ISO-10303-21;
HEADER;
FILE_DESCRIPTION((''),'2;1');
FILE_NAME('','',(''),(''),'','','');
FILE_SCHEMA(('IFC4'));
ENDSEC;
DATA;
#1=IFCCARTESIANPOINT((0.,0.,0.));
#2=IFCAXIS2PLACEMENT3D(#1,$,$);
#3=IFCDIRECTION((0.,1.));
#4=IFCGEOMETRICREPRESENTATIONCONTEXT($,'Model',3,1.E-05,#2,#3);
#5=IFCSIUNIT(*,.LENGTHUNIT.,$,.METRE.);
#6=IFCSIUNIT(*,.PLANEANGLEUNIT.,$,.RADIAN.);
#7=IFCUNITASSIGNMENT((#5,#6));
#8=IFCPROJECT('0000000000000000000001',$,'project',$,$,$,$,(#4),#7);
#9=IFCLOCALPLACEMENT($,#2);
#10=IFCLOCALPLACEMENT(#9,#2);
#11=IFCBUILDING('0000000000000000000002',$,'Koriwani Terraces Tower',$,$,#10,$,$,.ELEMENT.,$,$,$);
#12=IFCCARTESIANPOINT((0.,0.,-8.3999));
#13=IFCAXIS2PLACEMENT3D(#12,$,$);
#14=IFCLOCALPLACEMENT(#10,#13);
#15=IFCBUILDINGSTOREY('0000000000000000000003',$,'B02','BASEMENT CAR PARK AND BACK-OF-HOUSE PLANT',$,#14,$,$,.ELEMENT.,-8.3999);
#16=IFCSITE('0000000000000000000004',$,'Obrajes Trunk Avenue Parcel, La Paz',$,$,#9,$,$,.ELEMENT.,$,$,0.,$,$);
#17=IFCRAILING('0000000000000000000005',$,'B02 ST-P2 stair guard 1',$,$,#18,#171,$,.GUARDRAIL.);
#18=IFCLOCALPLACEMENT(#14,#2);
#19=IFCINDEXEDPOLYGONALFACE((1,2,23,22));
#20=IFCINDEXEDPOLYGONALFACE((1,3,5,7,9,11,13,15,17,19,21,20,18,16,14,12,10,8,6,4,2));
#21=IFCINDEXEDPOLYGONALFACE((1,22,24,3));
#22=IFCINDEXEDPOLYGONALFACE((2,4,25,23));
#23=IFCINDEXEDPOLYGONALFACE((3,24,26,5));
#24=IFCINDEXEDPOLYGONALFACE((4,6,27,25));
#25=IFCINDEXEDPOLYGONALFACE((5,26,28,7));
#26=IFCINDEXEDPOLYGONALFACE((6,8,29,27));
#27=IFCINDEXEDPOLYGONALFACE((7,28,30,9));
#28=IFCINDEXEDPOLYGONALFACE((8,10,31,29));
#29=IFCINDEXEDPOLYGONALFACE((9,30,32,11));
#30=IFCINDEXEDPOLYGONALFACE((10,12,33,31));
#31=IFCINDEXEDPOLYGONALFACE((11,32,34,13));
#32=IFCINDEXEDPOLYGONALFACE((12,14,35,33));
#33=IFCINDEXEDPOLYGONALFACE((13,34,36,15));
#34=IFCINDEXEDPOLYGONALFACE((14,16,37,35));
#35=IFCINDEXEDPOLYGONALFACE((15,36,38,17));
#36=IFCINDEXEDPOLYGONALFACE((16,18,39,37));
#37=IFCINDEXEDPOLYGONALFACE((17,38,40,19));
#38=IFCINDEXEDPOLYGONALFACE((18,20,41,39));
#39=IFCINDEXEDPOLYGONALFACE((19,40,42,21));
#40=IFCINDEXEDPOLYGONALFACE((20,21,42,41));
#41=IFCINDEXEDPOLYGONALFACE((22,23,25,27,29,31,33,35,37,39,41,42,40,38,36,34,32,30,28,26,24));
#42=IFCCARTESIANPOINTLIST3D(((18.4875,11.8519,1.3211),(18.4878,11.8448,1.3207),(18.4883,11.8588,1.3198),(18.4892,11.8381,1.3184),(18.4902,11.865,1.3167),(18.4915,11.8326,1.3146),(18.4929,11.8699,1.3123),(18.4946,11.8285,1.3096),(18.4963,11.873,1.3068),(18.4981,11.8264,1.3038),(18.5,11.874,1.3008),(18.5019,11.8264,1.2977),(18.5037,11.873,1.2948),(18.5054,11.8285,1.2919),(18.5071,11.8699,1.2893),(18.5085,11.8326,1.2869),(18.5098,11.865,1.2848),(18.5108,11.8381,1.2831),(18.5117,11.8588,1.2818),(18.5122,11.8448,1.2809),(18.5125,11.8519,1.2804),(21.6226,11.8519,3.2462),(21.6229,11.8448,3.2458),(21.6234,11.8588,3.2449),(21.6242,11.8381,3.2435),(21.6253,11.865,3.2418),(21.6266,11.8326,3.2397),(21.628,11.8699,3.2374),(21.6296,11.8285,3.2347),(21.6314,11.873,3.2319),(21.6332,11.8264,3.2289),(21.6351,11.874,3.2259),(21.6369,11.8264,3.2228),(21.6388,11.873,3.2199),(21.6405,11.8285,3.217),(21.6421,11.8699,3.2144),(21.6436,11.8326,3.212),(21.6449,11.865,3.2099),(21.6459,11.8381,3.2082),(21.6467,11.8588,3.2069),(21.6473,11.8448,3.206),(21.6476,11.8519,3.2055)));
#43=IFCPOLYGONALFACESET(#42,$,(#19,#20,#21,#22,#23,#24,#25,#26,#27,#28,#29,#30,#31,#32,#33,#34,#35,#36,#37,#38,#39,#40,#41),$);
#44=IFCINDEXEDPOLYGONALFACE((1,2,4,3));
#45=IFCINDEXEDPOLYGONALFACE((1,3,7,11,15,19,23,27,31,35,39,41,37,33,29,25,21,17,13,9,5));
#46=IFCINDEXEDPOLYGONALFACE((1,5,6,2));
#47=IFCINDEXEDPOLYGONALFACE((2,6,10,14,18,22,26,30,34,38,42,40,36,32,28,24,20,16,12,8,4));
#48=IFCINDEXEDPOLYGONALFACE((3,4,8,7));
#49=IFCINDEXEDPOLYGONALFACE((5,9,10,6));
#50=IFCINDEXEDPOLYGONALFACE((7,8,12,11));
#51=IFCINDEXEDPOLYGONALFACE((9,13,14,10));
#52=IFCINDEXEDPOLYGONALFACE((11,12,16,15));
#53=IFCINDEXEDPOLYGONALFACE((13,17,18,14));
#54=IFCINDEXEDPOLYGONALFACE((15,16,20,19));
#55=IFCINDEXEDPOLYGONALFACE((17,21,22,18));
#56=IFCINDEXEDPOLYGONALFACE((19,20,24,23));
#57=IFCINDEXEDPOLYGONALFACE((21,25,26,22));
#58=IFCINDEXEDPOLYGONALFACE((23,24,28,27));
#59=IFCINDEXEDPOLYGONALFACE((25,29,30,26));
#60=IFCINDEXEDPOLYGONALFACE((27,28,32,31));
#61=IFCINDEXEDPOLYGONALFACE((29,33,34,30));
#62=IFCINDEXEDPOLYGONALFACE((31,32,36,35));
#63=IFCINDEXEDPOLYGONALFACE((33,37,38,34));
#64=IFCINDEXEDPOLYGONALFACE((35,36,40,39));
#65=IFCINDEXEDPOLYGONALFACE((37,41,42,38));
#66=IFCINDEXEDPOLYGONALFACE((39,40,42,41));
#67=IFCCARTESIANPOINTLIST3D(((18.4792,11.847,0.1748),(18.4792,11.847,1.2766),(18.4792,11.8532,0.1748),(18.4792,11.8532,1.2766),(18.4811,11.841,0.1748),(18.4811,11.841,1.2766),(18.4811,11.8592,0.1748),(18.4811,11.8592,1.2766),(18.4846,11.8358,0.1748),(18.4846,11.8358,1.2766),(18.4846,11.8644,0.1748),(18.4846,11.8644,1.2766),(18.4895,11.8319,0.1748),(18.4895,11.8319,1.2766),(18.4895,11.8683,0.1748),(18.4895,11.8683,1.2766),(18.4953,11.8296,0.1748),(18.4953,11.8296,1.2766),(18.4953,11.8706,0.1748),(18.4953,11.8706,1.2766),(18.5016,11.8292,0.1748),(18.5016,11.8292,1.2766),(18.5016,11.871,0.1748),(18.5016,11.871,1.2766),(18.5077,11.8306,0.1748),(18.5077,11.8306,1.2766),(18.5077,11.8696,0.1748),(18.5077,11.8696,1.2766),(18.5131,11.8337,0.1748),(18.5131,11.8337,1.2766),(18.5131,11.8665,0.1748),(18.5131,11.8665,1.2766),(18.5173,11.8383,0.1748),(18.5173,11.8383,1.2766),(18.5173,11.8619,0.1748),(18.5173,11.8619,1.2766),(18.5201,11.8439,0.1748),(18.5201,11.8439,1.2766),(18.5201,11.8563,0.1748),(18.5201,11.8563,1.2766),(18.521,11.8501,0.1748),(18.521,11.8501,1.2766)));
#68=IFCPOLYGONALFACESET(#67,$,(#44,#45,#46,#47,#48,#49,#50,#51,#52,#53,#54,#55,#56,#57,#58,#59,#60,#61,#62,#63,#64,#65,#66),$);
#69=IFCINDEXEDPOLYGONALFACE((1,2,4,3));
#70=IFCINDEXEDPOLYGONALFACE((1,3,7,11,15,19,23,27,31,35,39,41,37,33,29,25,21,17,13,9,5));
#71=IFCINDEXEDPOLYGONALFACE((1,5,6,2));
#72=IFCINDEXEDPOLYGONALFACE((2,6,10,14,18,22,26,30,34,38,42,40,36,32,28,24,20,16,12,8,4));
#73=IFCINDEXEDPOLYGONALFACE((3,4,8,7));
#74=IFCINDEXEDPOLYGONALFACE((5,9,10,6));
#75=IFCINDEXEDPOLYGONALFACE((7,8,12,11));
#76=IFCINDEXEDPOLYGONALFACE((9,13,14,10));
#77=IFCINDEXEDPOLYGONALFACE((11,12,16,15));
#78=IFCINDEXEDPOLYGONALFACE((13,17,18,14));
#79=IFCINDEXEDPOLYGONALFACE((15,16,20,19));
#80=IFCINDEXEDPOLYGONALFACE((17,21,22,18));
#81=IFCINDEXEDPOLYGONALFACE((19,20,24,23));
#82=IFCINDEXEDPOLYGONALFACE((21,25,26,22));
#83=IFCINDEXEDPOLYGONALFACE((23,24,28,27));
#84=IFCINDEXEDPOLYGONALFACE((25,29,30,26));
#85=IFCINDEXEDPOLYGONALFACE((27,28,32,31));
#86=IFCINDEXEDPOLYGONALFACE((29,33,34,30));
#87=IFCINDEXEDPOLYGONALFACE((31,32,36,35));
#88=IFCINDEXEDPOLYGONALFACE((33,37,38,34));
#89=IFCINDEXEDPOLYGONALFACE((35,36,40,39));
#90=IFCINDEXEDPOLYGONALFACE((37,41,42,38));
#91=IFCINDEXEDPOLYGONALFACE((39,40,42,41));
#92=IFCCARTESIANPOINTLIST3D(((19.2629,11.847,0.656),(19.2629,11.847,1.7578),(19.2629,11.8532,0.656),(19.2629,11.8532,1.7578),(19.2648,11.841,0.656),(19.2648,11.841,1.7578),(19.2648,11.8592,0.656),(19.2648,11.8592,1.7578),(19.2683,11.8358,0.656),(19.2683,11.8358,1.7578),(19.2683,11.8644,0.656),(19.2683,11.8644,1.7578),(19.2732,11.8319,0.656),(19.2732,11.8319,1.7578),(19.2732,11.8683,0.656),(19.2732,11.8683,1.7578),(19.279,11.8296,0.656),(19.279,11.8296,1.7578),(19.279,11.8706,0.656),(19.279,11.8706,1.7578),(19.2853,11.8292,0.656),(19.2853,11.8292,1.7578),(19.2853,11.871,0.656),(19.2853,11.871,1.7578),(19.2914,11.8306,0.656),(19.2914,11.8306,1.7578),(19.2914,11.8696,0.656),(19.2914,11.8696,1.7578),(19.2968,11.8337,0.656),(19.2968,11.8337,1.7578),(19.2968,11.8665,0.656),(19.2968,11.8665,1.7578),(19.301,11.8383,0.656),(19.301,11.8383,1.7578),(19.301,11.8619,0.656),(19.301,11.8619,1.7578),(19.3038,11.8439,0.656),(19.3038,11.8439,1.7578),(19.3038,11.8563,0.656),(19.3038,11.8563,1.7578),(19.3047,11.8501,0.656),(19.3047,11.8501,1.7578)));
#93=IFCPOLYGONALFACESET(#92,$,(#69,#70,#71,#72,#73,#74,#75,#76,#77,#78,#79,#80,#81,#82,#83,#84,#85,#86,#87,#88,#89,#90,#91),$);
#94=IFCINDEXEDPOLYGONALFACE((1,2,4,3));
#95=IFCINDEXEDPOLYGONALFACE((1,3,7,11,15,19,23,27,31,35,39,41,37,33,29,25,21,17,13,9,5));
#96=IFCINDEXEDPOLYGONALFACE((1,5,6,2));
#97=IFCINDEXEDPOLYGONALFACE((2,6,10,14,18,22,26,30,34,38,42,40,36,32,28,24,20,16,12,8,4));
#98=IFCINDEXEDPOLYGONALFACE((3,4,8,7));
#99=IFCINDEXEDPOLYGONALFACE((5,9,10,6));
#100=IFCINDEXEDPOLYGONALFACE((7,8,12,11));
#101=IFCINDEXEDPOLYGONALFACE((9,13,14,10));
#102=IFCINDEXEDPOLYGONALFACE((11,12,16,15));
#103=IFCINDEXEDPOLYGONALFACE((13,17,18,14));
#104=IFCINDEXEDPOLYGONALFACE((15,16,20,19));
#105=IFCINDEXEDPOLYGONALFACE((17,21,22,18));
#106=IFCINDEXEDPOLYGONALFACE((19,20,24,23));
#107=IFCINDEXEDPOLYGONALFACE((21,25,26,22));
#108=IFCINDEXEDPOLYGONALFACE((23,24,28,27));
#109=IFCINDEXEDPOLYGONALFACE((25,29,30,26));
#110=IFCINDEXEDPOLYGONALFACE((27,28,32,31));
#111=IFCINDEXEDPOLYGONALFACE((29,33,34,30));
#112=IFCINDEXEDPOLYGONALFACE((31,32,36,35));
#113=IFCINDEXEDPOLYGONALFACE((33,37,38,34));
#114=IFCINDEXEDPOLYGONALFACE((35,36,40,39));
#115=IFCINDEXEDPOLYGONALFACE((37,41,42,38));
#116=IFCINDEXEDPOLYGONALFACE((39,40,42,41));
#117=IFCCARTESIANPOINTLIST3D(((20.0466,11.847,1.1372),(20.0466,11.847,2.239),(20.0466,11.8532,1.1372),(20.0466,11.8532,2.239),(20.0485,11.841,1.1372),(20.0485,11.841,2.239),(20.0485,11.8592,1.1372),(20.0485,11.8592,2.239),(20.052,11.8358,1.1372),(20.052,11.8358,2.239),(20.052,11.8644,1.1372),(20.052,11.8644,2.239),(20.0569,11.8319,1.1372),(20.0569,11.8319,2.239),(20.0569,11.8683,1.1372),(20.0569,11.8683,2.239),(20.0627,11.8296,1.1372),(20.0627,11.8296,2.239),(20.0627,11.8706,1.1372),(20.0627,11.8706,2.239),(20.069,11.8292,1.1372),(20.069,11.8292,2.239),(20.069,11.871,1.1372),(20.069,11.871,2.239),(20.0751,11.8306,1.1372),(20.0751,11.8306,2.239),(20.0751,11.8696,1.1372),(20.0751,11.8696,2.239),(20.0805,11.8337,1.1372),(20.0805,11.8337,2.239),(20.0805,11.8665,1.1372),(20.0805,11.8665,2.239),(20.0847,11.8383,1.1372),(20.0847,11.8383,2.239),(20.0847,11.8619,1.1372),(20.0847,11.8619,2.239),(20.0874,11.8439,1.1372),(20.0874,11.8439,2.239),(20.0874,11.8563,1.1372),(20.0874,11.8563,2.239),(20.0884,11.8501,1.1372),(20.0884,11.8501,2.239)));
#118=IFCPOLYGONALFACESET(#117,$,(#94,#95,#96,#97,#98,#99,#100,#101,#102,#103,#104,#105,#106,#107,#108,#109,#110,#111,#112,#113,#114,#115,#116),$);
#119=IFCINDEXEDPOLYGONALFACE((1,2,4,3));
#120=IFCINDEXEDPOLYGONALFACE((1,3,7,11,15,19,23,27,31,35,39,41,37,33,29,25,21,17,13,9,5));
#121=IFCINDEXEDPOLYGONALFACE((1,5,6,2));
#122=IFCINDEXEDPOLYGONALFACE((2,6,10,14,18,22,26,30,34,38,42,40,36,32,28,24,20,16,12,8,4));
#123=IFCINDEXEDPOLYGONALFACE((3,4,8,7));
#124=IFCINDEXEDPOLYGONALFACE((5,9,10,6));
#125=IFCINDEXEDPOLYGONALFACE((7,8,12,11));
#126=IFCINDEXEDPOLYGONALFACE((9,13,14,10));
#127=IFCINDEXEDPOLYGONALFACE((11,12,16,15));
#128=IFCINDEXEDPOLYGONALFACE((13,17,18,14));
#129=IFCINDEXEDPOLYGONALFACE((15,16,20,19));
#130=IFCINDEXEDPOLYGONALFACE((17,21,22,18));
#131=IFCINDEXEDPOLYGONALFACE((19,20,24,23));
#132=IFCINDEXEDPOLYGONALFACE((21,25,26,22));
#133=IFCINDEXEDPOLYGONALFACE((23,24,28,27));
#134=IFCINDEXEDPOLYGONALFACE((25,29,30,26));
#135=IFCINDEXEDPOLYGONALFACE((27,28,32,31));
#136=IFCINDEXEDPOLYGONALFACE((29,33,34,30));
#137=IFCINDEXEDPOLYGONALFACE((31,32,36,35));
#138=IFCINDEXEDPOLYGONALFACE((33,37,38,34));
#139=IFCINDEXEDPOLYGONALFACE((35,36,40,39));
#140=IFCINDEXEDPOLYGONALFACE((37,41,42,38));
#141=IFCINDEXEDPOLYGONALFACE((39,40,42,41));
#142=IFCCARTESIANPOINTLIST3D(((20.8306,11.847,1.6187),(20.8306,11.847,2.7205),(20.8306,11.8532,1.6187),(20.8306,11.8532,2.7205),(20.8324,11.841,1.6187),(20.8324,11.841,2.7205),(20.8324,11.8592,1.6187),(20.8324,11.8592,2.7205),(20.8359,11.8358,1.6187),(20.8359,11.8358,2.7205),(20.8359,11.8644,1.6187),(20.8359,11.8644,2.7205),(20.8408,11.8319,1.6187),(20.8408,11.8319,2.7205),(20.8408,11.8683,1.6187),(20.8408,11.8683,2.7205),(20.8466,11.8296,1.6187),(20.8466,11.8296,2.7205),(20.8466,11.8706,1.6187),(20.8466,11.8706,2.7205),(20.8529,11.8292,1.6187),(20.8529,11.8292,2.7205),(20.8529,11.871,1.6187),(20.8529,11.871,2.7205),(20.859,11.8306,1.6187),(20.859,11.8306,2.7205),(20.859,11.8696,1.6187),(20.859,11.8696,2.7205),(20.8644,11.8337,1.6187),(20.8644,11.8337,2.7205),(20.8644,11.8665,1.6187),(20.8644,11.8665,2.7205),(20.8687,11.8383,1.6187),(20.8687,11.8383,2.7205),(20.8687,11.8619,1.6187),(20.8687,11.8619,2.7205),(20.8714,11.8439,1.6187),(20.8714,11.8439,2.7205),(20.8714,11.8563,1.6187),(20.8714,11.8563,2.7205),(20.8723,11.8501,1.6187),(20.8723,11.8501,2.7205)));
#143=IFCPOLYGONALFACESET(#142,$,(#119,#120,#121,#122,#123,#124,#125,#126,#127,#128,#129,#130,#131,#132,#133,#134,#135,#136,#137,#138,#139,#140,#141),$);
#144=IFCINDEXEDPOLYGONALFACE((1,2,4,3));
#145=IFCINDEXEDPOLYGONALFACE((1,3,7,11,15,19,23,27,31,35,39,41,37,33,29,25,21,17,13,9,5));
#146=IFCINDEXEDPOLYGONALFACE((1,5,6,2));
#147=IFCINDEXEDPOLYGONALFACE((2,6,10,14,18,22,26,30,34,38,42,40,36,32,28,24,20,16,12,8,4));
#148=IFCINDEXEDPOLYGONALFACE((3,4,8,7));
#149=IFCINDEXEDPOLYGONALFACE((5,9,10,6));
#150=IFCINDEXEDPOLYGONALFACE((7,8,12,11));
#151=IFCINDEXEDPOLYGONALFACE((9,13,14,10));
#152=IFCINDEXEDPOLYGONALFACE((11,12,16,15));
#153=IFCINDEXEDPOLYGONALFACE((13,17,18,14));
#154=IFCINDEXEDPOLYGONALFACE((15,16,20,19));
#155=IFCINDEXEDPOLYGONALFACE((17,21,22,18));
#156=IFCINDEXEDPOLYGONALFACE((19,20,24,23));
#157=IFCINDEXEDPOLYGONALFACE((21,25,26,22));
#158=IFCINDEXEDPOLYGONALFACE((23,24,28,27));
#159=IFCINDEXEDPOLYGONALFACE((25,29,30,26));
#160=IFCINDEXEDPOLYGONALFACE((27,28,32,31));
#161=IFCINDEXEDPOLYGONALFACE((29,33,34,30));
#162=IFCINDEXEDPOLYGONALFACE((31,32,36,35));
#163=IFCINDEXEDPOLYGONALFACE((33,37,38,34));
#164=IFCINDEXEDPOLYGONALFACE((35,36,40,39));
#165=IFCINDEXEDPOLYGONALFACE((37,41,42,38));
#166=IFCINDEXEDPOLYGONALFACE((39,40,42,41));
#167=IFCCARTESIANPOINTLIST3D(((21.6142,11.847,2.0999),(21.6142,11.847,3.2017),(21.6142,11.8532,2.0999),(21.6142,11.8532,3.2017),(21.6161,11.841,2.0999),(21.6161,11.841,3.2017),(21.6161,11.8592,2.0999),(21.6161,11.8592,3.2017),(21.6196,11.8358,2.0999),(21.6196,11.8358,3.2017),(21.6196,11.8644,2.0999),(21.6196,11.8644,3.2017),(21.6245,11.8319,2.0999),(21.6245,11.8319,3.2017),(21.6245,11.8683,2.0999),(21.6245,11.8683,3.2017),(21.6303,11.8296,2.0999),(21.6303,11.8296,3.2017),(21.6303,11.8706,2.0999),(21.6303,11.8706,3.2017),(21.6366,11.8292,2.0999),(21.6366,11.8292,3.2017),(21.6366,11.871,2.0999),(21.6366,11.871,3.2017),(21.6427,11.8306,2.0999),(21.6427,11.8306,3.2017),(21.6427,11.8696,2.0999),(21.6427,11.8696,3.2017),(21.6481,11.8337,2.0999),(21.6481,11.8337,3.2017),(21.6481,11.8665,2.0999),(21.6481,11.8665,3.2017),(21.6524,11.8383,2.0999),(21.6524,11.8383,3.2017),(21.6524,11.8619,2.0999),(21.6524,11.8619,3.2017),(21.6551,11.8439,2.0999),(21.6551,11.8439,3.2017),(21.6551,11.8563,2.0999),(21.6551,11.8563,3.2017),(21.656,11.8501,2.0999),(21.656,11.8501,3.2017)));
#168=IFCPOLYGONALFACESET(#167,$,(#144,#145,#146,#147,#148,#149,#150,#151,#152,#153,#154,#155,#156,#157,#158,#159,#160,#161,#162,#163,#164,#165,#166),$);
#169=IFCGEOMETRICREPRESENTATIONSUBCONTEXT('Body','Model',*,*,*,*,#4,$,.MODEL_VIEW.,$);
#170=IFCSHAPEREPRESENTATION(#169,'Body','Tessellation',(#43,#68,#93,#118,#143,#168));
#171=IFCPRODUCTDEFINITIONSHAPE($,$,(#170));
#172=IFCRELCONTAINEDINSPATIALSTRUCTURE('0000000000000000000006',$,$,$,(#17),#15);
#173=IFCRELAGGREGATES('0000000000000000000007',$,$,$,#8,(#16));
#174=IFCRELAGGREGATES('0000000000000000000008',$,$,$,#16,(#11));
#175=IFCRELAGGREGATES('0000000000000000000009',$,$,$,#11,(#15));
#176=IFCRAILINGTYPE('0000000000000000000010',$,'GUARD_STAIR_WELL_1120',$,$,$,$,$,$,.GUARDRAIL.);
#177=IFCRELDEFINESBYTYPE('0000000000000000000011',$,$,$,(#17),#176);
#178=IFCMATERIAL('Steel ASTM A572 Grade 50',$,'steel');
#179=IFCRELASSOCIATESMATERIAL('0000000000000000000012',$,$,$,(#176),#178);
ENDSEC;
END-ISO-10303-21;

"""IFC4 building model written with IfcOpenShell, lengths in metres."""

from ifc_helpers import new_model, si_unit, direction, frame, origin, origin_2d, place, context, subcontext, project, spatial, circle, extrude, material, type_object, element, save


model = new_model("IFC4")

# Units and contexts
model_context = context("Model", 3, precision=1e-05, world=origin(), true_north=direction((0.0, 1.0)))
body_context = subcontext(model_context, "Body", "Model", "MODEL_VIEW")
ifc_project = project(units=[si_unit("LENGTHUNIT", "METRE"), si_unit("PLANEANGLEUNIT", "RADIAN")], contexts=[model_context])

# Site, building, storey
site_placement = place(None, origin())
site = spatial("IfcSite", under=ifc_project, at=site_placement, Name="Obrajes Trunk Avenue Parcel, La Paz", CompositionType="ELEMENT", RefElevation=0.0)
building_placement = place(site_placement, origin())
building = spatial("IfcBuilding", under=site, at=building_placement, Name="Koriwani Terraces Tower", CompositionType="ELEMENT")
storey_placement = place(building_placement, frame((0.0, 0.0, -8.3999)))
storey = spatial("IfcBuildingStorey", under=building, at=storey_placement, Name="B02", Description="BASEMENT CAR PARK AND BACK-OF-HOUSE PLANT", CompositionType="ELEMENT", Elevation=-8.3999)

# Shared definitions
ifc_material_1 = material(Name="Steel ASTM A572 Grade 50", Category="steel")

# Railing
railing_type_1 = type_object("IfcRailingType", Name="GUARD_STAIR_WELL_1120", PredefinedType="GUARDRAIL", material=ifc_material_1)
railing_1_placement = place(storey_placement, frame((18.5, 11.8501, 0.1748)))
element("IfcRailing", 1, at=railing_1_placement, inside=storey, type_object=railing_type_1, Name="B02 ST-P2 stair guard 1", PredefinedType="GUARDRAIL", context=body_context, shape_type="SweptSolid", body=[
    extrude(circle(Radius=0.0239, at=origin_2d()), frame((0.0, 0.0, 1.126), z_axis=(0.852166, 0.0, 0.523271), x_axis=(0.0, 1.0, 0.0)), (0.0, 0.0, 1.0), 3.679),
    extrude(circle(Radius=0.021, at=origin_2d()), origin(), (0.0, 0.0, 1.0), 1.1018),
    extrude(circle(Radius=0.021, at=origin_2d()), frame((0.7837, 0.0, 0.4812)), (0.0, 0.0, 1.0), 1.1018),
    extrude(circle(Radius=0.021, at=origin_2d()), frame((1.5674, 0.0, 0.9624)), (0.0, 0.0, 1.0), 1.1018),
    extrude(circle(Radius=0.021, at=origin_2d()), frame((2.3513, 0.0, 1.4438)), (0.0, 0.0, 1.0), 1.1018),
    extrude(circle(Radius=0.021, at=origin_2d()), frame((3.135, 0.0, 1.925)), (0.0, 0.0, 1.0), 1.1018),
])

save(model, "model.ifc")
